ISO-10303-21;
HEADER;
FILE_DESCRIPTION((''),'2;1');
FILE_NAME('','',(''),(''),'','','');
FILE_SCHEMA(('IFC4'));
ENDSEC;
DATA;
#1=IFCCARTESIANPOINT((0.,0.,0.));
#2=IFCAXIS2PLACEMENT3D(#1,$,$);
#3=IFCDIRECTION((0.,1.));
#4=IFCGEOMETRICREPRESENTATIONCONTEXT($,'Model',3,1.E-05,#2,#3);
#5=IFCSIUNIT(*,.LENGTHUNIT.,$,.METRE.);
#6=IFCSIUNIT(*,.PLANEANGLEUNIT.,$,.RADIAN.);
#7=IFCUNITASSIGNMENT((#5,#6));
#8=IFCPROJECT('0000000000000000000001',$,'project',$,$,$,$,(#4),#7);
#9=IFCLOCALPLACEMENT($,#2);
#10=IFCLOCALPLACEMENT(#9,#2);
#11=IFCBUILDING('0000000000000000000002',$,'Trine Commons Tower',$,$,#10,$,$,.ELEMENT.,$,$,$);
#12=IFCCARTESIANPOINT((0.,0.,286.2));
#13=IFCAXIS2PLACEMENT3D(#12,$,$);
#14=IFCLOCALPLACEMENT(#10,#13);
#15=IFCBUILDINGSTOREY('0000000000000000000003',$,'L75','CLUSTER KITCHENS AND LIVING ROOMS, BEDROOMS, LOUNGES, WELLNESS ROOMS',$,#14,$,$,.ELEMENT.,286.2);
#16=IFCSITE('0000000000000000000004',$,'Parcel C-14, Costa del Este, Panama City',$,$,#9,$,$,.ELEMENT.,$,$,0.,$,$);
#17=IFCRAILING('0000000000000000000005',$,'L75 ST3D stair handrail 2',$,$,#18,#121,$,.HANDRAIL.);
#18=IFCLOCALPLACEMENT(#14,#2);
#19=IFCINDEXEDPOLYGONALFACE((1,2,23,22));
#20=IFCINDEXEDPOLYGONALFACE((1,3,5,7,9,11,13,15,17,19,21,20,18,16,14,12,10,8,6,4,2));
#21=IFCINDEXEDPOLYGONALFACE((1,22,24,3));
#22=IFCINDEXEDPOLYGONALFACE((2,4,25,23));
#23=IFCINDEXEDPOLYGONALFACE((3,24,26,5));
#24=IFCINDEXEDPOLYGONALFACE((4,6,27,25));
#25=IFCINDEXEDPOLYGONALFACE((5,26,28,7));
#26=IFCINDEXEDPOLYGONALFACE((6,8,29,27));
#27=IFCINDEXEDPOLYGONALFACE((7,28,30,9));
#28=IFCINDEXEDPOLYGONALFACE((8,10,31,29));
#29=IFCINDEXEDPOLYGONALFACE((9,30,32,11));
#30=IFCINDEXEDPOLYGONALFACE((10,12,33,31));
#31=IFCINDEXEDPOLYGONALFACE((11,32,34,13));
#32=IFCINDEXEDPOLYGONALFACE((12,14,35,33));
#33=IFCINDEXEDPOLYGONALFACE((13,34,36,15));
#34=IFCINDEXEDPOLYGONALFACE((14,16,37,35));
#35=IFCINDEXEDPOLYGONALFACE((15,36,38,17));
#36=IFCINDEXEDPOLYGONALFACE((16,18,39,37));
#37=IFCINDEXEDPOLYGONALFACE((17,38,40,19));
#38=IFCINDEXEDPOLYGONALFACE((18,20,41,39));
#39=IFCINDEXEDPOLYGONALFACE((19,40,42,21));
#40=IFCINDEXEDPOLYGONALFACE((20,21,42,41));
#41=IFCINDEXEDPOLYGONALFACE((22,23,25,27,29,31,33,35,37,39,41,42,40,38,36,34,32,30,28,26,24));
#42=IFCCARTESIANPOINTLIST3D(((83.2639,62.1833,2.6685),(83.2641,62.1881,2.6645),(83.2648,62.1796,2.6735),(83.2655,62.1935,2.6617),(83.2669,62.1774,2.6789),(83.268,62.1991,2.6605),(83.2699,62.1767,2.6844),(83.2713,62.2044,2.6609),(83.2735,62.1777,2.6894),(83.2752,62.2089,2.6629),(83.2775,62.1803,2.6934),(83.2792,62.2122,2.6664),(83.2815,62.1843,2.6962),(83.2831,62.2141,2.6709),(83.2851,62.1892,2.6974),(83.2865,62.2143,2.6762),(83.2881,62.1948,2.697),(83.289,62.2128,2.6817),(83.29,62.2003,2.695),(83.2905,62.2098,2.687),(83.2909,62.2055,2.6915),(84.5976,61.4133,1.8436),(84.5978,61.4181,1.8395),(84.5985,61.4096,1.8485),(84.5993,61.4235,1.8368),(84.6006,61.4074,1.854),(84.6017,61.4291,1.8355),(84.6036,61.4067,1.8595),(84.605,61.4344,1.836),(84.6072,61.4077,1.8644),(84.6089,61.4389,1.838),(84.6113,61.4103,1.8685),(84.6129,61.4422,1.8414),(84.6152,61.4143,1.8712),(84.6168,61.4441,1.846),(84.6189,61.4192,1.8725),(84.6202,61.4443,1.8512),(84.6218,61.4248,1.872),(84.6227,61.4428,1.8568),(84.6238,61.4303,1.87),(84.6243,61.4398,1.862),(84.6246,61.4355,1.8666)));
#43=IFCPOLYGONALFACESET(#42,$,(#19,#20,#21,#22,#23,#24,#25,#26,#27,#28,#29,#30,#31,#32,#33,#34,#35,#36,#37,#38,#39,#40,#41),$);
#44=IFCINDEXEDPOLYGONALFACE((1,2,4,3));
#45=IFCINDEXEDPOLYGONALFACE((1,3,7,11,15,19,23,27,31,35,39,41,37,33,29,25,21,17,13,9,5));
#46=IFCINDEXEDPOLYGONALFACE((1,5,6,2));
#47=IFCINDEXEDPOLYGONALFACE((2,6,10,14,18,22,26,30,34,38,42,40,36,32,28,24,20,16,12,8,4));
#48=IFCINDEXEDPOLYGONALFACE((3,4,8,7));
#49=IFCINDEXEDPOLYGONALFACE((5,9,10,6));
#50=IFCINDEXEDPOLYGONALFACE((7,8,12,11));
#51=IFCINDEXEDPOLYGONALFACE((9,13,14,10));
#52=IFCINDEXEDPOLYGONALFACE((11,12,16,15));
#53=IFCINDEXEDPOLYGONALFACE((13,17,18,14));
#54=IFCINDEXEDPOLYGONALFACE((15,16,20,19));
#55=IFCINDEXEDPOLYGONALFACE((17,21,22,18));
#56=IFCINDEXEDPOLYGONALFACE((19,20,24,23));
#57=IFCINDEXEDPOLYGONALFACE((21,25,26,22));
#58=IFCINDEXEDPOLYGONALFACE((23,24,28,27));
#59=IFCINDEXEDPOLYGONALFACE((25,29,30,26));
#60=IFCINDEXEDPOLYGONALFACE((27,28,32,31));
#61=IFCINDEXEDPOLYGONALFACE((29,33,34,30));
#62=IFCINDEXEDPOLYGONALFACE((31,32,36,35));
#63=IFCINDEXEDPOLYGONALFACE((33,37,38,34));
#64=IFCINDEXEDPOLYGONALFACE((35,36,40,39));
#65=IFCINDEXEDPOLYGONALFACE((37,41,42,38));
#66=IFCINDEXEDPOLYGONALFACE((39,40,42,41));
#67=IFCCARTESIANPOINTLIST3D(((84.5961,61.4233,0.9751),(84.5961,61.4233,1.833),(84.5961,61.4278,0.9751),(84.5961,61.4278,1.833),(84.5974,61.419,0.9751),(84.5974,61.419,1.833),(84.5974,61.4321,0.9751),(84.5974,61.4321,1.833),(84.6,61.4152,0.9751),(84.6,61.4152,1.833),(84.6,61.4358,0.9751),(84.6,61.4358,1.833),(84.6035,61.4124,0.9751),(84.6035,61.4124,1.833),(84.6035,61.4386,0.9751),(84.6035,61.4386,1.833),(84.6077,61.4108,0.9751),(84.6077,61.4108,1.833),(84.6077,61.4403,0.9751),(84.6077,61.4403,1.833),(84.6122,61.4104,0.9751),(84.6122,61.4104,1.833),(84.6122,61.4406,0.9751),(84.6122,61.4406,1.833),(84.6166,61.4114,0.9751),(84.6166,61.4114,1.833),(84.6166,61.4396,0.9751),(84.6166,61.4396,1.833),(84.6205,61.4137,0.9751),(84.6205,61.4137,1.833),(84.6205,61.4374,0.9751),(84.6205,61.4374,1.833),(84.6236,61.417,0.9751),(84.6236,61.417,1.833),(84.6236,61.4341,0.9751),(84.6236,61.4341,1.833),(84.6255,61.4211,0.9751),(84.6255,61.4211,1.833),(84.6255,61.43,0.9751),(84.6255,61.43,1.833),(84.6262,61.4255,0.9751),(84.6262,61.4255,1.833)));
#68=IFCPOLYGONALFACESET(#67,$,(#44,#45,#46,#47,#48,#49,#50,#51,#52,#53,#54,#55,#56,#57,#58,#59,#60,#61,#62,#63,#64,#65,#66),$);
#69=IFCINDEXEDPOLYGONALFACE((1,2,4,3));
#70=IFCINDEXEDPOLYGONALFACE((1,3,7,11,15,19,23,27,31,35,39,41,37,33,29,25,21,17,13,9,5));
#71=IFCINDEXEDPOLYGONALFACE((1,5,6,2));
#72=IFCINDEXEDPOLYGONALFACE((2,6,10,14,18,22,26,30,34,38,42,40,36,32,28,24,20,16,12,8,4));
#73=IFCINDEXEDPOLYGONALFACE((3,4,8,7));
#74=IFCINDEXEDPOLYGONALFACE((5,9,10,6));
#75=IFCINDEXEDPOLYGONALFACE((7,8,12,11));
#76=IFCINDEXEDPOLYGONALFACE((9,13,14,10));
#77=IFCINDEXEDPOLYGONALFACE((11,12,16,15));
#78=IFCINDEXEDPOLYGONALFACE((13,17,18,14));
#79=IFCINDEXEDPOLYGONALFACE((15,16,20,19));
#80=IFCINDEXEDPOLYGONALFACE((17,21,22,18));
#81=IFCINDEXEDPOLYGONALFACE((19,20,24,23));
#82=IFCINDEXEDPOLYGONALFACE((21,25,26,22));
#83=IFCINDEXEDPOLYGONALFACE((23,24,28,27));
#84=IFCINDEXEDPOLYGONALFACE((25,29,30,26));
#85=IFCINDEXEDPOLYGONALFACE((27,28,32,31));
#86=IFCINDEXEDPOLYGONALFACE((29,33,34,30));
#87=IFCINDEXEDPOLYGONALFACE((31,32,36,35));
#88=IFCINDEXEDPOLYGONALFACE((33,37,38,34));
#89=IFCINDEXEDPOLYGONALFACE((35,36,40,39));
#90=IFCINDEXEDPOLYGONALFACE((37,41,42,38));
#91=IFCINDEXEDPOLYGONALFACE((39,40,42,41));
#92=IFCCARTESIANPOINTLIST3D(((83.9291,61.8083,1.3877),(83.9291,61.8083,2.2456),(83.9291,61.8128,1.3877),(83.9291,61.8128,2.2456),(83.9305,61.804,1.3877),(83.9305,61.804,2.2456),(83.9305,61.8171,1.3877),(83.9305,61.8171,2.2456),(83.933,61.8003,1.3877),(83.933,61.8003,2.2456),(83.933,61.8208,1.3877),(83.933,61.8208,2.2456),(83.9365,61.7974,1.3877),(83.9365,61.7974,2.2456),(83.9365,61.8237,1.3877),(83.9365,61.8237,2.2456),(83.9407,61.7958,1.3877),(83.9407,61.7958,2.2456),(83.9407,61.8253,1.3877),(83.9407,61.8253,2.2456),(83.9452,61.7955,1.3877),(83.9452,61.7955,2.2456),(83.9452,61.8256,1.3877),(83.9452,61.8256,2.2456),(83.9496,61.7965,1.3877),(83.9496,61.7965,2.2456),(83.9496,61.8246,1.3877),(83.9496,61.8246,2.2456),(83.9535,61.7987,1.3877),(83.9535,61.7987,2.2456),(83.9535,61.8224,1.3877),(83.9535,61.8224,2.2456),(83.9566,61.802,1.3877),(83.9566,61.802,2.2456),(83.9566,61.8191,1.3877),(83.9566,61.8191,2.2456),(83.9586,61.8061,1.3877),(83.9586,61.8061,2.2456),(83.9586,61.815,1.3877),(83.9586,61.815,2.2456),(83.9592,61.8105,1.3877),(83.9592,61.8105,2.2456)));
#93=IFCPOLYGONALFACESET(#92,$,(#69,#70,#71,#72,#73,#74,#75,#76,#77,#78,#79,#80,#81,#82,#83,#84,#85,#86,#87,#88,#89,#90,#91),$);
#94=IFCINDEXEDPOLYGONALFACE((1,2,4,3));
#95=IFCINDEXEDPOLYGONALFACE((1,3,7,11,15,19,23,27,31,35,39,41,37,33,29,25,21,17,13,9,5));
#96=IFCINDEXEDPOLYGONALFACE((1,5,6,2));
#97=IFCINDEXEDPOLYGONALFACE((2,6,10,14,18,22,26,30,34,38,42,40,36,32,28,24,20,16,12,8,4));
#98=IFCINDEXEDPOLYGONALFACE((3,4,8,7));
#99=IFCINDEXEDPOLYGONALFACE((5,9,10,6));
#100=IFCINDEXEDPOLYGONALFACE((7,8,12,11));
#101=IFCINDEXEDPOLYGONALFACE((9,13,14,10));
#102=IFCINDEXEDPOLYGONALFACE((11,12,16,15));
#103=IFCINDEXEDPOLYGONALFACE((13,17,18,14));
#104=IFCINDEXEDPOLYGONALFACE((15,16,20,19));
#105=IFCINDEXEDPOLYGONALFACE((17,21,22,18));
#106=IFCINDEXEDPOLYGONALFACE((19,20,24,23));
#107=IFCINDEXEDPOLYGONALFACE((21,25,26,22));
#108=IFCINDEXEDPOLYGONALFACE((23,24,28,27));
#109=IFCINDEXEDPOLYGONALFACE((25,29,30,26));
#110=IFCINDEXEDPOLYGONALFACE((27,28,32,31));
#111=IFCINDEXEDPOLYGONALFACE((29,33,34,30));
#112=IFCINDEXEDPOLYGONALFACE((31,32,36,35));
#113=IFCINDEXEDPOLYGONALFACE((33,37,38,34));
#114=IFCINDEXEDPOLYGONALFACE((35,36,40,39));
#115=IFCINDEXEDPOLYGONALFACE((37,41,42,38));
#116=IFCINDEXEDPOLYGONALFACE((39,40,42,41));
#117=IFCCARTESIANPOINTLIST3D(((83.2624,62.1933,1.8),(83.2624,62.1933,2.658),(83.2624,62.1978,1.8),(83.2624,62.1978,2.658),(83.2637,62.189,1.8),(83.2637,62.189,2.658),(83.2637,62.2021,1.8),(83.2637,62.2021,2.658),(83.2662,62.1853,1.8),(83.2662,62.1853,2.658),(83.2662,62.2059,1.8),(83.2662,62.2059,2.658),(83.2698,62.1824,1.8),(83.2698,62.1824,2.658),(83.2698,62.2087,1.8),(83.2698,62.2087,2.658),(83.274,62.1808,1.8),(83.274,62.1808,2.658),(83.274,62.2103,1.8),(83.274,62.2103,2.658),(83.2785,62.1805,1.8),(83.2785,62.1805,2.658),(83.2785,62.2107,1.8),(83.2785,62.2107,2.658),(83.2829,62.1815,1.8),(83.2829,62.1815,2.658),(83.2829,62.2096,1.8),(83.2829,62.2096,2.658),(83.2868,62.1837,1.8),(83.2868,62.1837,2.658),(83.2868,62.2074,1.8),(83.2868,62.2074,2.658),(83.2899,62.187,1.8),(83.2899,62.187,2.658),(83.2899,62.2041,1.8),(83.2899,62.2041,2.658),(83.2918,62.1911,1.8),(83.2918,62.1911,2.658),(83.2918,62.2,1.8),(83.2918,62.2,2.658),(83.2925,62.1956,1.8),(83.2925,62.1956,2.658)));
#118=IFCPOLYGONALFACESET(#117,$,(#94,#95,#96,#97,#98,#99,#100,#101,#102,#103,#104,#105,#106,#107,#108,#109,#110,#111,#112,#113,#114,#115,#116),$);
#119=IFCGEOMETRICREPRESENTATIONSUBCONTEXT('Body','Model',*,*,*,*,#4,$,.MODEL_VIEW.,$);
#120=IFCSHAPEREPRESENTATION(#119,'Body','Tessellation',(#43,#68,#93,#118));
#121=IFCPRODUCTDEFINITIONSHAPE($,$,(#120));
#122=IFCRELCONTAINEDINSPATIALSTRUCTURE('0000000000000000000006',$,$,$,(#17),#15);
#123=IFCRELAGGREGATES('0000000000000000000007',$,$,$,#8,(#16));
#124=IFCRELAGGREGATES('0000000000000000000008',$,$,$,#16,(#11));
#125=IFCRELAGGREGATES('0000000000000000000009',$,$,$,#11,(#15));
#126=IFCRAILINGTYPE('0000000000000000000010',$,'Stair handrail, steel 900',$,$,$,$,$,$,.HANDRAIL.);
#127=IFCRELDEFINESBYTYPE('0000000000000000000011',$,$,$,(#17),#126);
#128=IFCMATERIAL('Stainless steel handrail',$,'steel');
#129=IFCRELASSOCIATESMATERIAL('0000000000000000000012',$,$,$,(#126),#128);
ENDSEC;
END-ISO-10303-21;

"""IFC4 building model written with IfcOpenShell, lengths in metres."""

from ifc_helpers import new_model, si_unit, direction, frame, origin, origin_2d, place, context, subcontext, project, spatial, circle, extrude, material, type_object, element, save


model = new_model("IFC4")

# Units and contexts
model_context = context("Model", 3, precision=1e-05, world=origin(), true_north=direction((0.0, 1.0)))
body_context = subcontext(model_context, "Body", "Model", "MODEL_VIEW")
ifc_project = project(units=[si_unit("LENGTHUNIT", "METRE"), si_unit("PLANEANGLEUNIT", "RADIAN")], contexts=[model_context])

# Site, building, storey
site_placement = place(None, origin())
site = spatial("IfcSite", under=ifc_project, at=site_placement, Name="Parcel C-14, Costa del Este, Panama City", CompositionType="ELEMENT", RefElevation=0.0)
building_placement = place(site_placement, origin())
building = spatial("IfcBuilding", under=site, at=building_placement, Name="Trine Commons Tower", CompositionType="ELEMENT")
storey_placement = place(building_placement, frame((0.0, 0.0, 286.2)))
storey = spatial("IfcBuildingStorey", under=building, at=storey_placement, Name="L75", Description="CLUSTER KITCHENS AND LIVING ROOMS, BEDROOMS, LOUNGES, WELLNESS ROOMS", CompositionType="ELEMENT", Elevation=286.2)

# Railing
ifc_material_1 = material(Name="Stainless steel handrail", Category="steel")
railing_type = type_object("IfcRailingType", Name="Stair handrail, steel 900", PredefinedType="HANDRAIL", material=ifc_material_1)
railing_placement = place(storey_placement, frame((84.6111, 61.4255, 0.9751)))
element("IfcRailing", 1, at=railing_placement, inside=storey, type_object=railing_type, Name="L75 ST3D stair handrail 2", PredefinedType="HANDRAIL", context=body_context, shape_type="SweptSolid", body=[
    extrude(circle(Radius=0.021, at=origin_2d()), frame((0.0, 0.0, 0.8789), z_axis=(-0.763405, 0.440743, 0.472185), x_axis=(-0.499992, -0.86603, 0.0)), (0.0, 0.0, 1.0), 1.7471),
    extrude(circle(Radius=0.0151, at=origin_2d()), origin(), (0.0, 0.0, 1.0), 0.8579),
    extrude(circle(Radius=0.0151, at=origin_2d()), frame((-0.667, 0.385, 0.4126)), (0.0, 0.0, 1.0), 0.8579),
    extrude(circle(Radius=0.0151, at=origin_2d()), frame((-1.3337, 0.77, 0.825)), (0.0, 0.0, 1.0), 0.8579),
])

save(model, "model.ifc")
